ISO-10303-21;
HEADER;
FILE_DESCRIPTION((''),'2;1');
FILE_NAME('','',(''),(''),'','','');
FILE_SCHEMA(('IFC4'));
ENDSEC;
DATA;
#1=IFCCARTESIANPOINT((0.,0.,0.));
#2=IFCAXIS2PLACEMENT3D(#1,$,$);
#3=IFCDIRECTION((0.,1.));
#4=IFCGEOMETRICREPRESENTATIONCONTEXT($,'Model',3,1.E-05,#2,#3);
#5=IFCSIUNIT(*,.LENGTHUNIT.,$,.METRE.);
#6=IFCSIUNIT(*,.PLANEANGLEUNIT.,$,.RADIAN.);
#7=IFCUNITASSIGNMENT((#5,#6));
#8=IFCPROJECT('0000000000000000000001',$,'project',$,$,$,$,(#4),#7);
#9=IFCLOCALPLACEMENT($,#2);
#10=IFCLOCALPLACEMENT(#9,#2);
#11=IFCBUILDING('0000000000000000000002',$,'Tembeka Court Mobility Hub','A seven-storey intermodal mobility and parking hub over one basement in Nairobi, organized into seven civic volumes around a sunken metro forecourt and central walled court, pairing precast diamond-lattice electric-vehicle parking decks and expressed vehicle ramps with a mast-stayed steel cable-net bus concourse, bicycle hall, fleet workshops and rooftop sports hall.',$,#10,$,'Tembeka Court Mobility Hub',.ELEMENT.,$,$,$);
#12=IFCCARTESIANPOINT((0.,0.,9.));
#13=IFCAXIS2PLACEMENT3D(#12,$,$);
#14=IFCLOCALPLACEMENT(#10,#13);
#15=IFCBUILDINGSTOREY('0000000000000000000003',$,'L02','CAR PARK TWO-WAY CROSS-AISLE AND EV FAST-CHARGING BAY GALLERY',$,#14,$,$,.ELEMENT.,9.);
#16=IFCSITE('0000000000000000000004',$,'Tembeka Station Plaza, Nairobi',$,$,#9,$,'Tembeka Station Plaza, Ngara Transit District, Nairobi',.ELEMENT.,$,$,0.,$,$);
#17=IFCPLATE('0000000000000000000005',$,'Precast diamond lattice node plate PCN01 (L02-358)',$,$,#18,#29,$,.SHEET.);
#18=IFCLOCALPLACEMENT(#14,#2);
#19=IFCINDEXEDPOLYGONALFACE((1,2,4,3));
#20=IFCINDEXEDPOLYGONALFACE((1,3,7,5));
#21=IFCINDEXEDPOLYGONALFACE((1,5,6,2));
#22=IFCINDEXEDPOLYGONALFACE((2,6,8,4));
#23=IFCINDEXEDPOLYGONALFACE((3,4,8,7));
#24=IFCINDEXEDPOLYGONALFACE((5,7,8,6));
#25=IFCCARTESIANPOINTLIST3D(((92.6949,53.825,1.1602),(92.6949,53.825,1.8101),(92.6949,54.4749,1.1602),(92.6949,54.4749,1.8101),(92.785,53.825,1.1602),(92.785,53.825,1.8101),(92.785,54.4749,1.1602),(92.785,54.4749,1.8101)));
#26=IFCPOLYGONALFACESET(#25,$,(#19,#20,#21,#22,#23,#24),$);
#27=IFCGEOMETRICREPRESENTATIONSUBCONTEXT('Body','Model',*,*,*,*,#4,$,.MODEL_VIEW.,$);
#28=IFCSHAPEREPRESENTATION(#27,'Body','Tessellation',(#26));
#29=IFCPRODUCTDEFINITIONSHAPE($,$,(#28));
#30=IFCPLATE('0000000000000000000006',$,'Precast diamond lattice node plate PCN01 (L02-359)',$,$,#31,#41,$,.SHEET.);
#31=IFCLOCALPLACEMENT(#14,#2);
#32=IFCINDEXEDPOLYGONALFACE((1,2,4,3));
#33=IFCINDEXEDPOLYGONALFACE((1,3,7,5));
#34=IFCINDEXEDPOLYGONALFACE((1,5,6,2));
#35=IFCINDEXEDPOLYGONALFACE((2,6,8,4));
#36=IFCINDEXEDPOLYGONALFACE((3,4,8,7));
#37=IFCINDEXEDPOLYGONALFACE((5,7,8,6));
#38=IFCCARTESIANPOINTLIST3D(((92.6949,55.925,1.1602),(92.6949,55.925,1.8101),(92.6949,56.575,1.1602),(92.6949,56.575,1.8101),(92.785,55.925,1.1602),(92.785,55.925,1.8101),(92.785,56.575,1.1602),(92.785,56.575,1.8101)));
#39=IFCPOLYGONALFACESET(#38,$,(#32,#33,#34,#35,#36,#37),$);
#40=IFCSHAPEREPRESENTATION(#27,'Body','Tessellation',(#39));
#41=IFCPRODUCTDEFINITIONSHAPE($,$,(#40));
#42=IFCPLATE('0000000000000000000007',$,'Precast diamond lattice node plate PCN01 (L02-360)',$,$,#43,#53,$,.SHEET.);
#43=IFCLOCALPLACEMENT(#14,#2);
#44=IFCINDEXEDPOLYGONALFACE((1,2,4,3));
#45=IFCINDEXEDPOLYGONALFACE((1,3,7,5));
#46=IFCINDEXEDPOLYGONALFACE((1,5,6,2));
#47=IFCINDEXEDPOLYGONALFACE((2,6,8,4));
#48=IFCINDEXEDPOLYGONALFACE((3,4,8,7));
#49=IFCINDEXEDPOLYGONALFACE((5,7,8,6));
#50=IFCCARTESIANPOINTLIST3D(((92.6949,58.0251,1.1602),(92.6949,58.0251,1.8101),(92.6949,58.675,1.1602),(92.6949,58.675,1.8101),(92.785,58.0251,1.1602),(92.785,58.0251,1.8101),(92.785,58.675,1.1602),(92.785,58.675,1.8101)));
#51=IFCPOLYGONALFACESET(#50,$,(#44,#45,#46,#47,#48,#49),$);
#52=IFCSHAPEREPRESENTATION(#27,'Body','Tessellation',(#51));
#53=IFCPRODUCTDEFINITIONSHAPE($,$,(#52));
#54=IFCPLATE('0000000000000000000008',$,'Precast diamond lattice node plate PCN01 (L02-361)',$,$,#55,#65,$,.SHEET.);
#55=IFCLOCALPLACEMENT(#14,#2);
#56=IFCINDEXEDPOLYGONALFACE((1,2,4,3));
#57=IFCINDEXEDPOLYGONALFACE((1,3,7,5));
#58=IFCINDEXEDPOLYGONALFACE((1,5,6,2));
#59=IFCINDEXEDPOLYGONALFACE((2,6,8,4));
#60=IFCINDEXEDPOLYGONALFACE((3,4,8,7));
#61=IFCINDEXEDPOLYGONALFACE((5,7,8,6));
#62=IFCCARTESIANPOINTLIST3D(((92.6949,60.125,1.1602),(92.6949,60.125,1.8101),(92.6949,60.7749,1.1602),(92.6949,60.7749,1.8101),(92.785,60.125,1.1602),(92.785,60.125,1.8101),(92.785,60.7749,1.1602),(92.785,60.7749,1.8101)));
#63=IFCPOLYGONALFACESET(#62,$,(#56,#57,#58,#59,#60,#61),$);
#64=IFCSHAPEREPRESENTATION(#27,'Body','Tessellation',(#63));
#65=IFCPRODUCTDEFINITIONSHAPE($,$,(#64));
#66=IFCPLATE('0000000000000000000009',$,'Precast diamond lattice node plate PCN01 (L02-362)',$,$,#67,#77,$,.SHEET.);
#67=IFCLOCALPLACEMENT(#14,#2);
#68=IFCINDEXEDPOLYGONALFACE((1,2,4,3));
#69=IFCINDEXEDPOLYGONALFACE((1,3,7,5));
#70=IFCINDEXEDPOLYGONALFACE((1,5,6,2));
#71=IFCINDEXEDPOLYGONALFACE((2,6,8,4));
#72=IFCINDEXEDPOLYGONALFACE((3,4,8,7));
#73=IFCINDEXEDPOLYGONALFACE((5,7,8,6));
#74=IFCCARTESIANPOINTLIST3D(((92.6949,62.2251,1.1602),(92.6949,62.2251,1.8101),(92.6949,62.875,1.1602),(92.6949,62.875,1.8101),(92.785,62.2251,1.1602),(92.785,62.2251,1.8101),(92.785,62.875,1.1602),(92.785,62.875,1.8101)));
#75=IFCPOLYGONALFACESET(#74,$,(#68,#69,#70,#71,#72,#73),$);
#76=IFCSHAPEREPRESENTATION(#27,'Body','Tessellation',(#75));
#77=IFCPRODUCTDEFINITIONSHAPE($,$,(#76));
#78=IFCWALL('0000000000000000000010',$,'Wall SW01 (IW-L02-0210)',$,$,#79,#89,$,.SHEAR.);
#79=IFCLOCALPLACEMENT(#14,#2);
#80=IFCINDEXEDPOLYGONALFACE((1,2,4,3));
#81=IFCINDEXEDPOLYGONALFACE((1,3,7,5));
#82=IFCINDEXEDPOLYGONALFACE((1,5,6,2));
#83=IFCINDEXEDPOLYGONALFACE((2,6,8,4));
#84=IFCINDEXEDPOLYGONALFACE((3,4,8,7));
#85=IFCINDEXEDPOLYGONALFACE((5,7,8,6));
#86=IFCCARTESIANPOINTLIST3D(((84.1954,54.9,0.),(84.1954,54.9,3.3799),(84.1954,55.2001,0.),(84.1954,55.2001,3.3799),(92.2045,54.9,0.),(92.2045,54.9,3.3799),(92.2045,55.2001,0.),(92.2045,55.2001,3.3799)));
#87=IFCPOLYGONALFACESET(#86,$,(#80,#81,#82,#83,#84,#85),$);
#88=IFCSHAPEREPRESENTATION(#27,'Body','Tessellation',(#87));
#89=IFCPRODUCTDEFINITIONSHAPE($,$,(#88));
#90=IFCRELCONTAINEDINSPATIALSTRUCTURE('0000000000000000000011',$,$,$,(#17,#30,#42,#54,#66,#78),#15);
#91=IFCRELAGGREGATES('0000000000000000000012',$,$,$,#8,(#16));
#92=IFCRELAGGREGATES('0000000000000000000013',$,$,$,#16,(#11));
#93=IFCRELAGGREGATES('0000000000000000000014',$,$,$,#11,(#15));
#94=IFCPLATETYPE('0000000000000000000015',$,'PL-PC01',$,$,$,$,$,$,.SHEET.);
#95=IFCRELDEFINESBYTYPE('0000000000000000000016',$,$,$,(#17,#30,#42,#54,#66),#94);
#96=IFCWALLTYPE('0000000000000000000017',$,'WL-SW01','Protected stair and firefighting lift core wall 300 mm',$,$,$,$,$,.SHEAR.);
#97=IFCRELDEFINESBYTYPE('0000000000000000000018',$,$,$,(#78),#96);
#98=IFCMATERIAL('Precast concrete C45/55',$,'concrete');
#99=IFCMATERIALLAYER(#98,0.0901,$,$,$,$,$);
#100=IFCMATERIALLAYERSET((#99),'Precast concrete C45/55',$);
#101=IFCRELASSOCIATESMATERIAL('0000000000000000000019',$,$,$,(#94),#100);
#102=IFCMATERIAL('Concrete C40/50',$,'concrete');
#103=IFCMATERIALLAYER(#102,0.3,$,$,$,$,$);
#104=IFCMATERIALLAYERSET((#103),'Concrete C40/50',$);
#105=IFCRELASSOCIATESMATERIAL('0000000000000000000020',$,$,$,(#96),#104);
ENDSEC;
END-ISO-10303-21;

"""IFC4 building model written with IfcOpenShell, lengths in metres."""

from ifc_helpers import new_model, si_unit, direction, frame, frame_2d, origin, origin_2d, place, context, subcontext, project, spatial, rectangle, extrude, material, layer, layer_set, type_object, element, save


model = new_model("IFC4")

# Units and contexts
model_context = context("Model", 3, precision=1e-05, world=origin(), true_north=direction((0.0, 1.0)))
body_context = subcontext(model_context, "Body", "Model", "MODEL_VIEW")
ifc_project = project(units=[si_unit("LENGTHUNIT", "METRE"), si_unit("PLANEANGLEUNIT", "RADIAN")], contexts=[model_context])

# Site, building, storey
site_placement = place(None, origin())
site = spatial("IfcSite", under=ifc_project, at=site_placement, Name="Tembeka Station Plaza, Nairobi", LongName="Tembeka Station Plaza, Ngara Transit District, Nairobi", CompositionType="ELEMENT", RefElevation=0.0)
building_placement = place(site_placement, origin())
building = spatial("IfcBuilding", under=site, at=building_placement, Name="Tembeka Court Mobility Hub", Description="A seven-storey intermodal mobility and parking hub over one basement in Nairobi, organized into seven civic volumes around a sunken metro forecourt and central walled court, pairing precast diamond-lattice electric-vehicle parking decks and expressed vehicle ramps with a mast-stayed steel cable-net bus concourse, bicycle hall, fleet workshops and rooftop sports hall.", LongName="Tembeka Court Mobility Hub", CompositionType="ELEMENT")
storey_placement = place(building_placement, frame((0.0, 0.0, 9.0)))
storey = spatial("IfcBuildingStorey", under=building, at=storey_placement, Name="L02", Description="CAR PARK TWO-WAY CROSS-AISLE AND EV FAST-CHARGING BAY GALLERY", CompositionType="ELEMENT", Elevation=9.0)

# Shared definitions
ifc_material_1 = material(Name="Precast concrete C45/55", Category="concrete")

# Plates
ifc_layer_1 = layer(ifc_material_1, 0.0901)
ifc_layer_set_1 = layer_set([ifc_layer_1], Name="Precast concrete C45/55")
plate_type = type_object("IfcPlateType", Name="PL-PC01", PredefinedType="SHEET", material=ifc_layer_set_1)
for number, where, z_axis, x_axis, name in (
    (1, (92.74, 54.1499, 1.1602), (0.0, 0.0, 1.0), (1.0, 0.0, 0.0), "Precast diamond lattice node plate PCN01 (L02-358)"),
    (2, (92.74, 56.25, 1.1602), (0.0, 0.0, 1.0), (1.0, 0.0, 0.0), "Precast diamond lattice node plate PCN01 (L02-359)"),
    (3, (92.74, 58.3501, 1.1602), (0.0, 0.0, 1.0), (1.0, 0.0, 0.0), "Precast diamond lattice node plate PCN01 (L02-360)"),
    (4, (92.74, 60.45, 1.1602), (0.0, 0.0, 1.0), (1.0, 0.0, 0.0), "Precast diamond lattice node plate PCN01 (L02-361)"),
    (5, (92.74, 62.55, 1.1602), (0.0, 0.0, 1.0), (1.0, 0.0, 0.0), "Precast diamond lattice node plate PCN01 (L02-362)"),
):
    element("IfcPlate", number, at=place(storey_placement, frame(where, z_axis=z_axis, x_axis=x_axis)), inside=storey, type_object=plate_type, Name=name, PredefinedType="SHEET", context=body_context, shape_type="SweptSolid", body=[
        extrude(rectangle(XDim=0.0901, YDim=0.6499, at=origin_2d()), origin(), (0.0, 0.0, 1.0), 0.6499),
    ])

# Wall
ifc_material_2 = material(Name="Concrete C40/50", Category="concrete")
ifc_layer_2 = layer(ifc_material_2, 0.3)
ifc_layer_set_2 = layer_set([ifc_layer_2], Name="Concrete C40/50")
wall_type = type_object("IfcWallType", Name="WL-SW01", Description="Protected stair and firefighting lift core wall 300 mm", PredefinedType="SHEAR", material=ifc_layer_set_2)
wall_placement = place(storey_placement, frame((84.1956, 55.05, 0.0), z_axis=(0.0, 0.0, 1.0), x_axis=(1.0, 0.0, 0.0)))
element("IfcWall", 6, at=wall_placement, inside=storey, type_object=wall_type, Name="Wall SW01 (IW-L02-0210)", PredefinedType="SHEAR", context=body_context, shape_type="SweptSolid", body=[
    extrude(rectangle(XDim=8.009, YDim=0.3, at=frame_2d((4.0044, 0.0))), origin(), (0.0, 0.0, 1.0), 3.3799),
])

save(model, "model.ifc")
